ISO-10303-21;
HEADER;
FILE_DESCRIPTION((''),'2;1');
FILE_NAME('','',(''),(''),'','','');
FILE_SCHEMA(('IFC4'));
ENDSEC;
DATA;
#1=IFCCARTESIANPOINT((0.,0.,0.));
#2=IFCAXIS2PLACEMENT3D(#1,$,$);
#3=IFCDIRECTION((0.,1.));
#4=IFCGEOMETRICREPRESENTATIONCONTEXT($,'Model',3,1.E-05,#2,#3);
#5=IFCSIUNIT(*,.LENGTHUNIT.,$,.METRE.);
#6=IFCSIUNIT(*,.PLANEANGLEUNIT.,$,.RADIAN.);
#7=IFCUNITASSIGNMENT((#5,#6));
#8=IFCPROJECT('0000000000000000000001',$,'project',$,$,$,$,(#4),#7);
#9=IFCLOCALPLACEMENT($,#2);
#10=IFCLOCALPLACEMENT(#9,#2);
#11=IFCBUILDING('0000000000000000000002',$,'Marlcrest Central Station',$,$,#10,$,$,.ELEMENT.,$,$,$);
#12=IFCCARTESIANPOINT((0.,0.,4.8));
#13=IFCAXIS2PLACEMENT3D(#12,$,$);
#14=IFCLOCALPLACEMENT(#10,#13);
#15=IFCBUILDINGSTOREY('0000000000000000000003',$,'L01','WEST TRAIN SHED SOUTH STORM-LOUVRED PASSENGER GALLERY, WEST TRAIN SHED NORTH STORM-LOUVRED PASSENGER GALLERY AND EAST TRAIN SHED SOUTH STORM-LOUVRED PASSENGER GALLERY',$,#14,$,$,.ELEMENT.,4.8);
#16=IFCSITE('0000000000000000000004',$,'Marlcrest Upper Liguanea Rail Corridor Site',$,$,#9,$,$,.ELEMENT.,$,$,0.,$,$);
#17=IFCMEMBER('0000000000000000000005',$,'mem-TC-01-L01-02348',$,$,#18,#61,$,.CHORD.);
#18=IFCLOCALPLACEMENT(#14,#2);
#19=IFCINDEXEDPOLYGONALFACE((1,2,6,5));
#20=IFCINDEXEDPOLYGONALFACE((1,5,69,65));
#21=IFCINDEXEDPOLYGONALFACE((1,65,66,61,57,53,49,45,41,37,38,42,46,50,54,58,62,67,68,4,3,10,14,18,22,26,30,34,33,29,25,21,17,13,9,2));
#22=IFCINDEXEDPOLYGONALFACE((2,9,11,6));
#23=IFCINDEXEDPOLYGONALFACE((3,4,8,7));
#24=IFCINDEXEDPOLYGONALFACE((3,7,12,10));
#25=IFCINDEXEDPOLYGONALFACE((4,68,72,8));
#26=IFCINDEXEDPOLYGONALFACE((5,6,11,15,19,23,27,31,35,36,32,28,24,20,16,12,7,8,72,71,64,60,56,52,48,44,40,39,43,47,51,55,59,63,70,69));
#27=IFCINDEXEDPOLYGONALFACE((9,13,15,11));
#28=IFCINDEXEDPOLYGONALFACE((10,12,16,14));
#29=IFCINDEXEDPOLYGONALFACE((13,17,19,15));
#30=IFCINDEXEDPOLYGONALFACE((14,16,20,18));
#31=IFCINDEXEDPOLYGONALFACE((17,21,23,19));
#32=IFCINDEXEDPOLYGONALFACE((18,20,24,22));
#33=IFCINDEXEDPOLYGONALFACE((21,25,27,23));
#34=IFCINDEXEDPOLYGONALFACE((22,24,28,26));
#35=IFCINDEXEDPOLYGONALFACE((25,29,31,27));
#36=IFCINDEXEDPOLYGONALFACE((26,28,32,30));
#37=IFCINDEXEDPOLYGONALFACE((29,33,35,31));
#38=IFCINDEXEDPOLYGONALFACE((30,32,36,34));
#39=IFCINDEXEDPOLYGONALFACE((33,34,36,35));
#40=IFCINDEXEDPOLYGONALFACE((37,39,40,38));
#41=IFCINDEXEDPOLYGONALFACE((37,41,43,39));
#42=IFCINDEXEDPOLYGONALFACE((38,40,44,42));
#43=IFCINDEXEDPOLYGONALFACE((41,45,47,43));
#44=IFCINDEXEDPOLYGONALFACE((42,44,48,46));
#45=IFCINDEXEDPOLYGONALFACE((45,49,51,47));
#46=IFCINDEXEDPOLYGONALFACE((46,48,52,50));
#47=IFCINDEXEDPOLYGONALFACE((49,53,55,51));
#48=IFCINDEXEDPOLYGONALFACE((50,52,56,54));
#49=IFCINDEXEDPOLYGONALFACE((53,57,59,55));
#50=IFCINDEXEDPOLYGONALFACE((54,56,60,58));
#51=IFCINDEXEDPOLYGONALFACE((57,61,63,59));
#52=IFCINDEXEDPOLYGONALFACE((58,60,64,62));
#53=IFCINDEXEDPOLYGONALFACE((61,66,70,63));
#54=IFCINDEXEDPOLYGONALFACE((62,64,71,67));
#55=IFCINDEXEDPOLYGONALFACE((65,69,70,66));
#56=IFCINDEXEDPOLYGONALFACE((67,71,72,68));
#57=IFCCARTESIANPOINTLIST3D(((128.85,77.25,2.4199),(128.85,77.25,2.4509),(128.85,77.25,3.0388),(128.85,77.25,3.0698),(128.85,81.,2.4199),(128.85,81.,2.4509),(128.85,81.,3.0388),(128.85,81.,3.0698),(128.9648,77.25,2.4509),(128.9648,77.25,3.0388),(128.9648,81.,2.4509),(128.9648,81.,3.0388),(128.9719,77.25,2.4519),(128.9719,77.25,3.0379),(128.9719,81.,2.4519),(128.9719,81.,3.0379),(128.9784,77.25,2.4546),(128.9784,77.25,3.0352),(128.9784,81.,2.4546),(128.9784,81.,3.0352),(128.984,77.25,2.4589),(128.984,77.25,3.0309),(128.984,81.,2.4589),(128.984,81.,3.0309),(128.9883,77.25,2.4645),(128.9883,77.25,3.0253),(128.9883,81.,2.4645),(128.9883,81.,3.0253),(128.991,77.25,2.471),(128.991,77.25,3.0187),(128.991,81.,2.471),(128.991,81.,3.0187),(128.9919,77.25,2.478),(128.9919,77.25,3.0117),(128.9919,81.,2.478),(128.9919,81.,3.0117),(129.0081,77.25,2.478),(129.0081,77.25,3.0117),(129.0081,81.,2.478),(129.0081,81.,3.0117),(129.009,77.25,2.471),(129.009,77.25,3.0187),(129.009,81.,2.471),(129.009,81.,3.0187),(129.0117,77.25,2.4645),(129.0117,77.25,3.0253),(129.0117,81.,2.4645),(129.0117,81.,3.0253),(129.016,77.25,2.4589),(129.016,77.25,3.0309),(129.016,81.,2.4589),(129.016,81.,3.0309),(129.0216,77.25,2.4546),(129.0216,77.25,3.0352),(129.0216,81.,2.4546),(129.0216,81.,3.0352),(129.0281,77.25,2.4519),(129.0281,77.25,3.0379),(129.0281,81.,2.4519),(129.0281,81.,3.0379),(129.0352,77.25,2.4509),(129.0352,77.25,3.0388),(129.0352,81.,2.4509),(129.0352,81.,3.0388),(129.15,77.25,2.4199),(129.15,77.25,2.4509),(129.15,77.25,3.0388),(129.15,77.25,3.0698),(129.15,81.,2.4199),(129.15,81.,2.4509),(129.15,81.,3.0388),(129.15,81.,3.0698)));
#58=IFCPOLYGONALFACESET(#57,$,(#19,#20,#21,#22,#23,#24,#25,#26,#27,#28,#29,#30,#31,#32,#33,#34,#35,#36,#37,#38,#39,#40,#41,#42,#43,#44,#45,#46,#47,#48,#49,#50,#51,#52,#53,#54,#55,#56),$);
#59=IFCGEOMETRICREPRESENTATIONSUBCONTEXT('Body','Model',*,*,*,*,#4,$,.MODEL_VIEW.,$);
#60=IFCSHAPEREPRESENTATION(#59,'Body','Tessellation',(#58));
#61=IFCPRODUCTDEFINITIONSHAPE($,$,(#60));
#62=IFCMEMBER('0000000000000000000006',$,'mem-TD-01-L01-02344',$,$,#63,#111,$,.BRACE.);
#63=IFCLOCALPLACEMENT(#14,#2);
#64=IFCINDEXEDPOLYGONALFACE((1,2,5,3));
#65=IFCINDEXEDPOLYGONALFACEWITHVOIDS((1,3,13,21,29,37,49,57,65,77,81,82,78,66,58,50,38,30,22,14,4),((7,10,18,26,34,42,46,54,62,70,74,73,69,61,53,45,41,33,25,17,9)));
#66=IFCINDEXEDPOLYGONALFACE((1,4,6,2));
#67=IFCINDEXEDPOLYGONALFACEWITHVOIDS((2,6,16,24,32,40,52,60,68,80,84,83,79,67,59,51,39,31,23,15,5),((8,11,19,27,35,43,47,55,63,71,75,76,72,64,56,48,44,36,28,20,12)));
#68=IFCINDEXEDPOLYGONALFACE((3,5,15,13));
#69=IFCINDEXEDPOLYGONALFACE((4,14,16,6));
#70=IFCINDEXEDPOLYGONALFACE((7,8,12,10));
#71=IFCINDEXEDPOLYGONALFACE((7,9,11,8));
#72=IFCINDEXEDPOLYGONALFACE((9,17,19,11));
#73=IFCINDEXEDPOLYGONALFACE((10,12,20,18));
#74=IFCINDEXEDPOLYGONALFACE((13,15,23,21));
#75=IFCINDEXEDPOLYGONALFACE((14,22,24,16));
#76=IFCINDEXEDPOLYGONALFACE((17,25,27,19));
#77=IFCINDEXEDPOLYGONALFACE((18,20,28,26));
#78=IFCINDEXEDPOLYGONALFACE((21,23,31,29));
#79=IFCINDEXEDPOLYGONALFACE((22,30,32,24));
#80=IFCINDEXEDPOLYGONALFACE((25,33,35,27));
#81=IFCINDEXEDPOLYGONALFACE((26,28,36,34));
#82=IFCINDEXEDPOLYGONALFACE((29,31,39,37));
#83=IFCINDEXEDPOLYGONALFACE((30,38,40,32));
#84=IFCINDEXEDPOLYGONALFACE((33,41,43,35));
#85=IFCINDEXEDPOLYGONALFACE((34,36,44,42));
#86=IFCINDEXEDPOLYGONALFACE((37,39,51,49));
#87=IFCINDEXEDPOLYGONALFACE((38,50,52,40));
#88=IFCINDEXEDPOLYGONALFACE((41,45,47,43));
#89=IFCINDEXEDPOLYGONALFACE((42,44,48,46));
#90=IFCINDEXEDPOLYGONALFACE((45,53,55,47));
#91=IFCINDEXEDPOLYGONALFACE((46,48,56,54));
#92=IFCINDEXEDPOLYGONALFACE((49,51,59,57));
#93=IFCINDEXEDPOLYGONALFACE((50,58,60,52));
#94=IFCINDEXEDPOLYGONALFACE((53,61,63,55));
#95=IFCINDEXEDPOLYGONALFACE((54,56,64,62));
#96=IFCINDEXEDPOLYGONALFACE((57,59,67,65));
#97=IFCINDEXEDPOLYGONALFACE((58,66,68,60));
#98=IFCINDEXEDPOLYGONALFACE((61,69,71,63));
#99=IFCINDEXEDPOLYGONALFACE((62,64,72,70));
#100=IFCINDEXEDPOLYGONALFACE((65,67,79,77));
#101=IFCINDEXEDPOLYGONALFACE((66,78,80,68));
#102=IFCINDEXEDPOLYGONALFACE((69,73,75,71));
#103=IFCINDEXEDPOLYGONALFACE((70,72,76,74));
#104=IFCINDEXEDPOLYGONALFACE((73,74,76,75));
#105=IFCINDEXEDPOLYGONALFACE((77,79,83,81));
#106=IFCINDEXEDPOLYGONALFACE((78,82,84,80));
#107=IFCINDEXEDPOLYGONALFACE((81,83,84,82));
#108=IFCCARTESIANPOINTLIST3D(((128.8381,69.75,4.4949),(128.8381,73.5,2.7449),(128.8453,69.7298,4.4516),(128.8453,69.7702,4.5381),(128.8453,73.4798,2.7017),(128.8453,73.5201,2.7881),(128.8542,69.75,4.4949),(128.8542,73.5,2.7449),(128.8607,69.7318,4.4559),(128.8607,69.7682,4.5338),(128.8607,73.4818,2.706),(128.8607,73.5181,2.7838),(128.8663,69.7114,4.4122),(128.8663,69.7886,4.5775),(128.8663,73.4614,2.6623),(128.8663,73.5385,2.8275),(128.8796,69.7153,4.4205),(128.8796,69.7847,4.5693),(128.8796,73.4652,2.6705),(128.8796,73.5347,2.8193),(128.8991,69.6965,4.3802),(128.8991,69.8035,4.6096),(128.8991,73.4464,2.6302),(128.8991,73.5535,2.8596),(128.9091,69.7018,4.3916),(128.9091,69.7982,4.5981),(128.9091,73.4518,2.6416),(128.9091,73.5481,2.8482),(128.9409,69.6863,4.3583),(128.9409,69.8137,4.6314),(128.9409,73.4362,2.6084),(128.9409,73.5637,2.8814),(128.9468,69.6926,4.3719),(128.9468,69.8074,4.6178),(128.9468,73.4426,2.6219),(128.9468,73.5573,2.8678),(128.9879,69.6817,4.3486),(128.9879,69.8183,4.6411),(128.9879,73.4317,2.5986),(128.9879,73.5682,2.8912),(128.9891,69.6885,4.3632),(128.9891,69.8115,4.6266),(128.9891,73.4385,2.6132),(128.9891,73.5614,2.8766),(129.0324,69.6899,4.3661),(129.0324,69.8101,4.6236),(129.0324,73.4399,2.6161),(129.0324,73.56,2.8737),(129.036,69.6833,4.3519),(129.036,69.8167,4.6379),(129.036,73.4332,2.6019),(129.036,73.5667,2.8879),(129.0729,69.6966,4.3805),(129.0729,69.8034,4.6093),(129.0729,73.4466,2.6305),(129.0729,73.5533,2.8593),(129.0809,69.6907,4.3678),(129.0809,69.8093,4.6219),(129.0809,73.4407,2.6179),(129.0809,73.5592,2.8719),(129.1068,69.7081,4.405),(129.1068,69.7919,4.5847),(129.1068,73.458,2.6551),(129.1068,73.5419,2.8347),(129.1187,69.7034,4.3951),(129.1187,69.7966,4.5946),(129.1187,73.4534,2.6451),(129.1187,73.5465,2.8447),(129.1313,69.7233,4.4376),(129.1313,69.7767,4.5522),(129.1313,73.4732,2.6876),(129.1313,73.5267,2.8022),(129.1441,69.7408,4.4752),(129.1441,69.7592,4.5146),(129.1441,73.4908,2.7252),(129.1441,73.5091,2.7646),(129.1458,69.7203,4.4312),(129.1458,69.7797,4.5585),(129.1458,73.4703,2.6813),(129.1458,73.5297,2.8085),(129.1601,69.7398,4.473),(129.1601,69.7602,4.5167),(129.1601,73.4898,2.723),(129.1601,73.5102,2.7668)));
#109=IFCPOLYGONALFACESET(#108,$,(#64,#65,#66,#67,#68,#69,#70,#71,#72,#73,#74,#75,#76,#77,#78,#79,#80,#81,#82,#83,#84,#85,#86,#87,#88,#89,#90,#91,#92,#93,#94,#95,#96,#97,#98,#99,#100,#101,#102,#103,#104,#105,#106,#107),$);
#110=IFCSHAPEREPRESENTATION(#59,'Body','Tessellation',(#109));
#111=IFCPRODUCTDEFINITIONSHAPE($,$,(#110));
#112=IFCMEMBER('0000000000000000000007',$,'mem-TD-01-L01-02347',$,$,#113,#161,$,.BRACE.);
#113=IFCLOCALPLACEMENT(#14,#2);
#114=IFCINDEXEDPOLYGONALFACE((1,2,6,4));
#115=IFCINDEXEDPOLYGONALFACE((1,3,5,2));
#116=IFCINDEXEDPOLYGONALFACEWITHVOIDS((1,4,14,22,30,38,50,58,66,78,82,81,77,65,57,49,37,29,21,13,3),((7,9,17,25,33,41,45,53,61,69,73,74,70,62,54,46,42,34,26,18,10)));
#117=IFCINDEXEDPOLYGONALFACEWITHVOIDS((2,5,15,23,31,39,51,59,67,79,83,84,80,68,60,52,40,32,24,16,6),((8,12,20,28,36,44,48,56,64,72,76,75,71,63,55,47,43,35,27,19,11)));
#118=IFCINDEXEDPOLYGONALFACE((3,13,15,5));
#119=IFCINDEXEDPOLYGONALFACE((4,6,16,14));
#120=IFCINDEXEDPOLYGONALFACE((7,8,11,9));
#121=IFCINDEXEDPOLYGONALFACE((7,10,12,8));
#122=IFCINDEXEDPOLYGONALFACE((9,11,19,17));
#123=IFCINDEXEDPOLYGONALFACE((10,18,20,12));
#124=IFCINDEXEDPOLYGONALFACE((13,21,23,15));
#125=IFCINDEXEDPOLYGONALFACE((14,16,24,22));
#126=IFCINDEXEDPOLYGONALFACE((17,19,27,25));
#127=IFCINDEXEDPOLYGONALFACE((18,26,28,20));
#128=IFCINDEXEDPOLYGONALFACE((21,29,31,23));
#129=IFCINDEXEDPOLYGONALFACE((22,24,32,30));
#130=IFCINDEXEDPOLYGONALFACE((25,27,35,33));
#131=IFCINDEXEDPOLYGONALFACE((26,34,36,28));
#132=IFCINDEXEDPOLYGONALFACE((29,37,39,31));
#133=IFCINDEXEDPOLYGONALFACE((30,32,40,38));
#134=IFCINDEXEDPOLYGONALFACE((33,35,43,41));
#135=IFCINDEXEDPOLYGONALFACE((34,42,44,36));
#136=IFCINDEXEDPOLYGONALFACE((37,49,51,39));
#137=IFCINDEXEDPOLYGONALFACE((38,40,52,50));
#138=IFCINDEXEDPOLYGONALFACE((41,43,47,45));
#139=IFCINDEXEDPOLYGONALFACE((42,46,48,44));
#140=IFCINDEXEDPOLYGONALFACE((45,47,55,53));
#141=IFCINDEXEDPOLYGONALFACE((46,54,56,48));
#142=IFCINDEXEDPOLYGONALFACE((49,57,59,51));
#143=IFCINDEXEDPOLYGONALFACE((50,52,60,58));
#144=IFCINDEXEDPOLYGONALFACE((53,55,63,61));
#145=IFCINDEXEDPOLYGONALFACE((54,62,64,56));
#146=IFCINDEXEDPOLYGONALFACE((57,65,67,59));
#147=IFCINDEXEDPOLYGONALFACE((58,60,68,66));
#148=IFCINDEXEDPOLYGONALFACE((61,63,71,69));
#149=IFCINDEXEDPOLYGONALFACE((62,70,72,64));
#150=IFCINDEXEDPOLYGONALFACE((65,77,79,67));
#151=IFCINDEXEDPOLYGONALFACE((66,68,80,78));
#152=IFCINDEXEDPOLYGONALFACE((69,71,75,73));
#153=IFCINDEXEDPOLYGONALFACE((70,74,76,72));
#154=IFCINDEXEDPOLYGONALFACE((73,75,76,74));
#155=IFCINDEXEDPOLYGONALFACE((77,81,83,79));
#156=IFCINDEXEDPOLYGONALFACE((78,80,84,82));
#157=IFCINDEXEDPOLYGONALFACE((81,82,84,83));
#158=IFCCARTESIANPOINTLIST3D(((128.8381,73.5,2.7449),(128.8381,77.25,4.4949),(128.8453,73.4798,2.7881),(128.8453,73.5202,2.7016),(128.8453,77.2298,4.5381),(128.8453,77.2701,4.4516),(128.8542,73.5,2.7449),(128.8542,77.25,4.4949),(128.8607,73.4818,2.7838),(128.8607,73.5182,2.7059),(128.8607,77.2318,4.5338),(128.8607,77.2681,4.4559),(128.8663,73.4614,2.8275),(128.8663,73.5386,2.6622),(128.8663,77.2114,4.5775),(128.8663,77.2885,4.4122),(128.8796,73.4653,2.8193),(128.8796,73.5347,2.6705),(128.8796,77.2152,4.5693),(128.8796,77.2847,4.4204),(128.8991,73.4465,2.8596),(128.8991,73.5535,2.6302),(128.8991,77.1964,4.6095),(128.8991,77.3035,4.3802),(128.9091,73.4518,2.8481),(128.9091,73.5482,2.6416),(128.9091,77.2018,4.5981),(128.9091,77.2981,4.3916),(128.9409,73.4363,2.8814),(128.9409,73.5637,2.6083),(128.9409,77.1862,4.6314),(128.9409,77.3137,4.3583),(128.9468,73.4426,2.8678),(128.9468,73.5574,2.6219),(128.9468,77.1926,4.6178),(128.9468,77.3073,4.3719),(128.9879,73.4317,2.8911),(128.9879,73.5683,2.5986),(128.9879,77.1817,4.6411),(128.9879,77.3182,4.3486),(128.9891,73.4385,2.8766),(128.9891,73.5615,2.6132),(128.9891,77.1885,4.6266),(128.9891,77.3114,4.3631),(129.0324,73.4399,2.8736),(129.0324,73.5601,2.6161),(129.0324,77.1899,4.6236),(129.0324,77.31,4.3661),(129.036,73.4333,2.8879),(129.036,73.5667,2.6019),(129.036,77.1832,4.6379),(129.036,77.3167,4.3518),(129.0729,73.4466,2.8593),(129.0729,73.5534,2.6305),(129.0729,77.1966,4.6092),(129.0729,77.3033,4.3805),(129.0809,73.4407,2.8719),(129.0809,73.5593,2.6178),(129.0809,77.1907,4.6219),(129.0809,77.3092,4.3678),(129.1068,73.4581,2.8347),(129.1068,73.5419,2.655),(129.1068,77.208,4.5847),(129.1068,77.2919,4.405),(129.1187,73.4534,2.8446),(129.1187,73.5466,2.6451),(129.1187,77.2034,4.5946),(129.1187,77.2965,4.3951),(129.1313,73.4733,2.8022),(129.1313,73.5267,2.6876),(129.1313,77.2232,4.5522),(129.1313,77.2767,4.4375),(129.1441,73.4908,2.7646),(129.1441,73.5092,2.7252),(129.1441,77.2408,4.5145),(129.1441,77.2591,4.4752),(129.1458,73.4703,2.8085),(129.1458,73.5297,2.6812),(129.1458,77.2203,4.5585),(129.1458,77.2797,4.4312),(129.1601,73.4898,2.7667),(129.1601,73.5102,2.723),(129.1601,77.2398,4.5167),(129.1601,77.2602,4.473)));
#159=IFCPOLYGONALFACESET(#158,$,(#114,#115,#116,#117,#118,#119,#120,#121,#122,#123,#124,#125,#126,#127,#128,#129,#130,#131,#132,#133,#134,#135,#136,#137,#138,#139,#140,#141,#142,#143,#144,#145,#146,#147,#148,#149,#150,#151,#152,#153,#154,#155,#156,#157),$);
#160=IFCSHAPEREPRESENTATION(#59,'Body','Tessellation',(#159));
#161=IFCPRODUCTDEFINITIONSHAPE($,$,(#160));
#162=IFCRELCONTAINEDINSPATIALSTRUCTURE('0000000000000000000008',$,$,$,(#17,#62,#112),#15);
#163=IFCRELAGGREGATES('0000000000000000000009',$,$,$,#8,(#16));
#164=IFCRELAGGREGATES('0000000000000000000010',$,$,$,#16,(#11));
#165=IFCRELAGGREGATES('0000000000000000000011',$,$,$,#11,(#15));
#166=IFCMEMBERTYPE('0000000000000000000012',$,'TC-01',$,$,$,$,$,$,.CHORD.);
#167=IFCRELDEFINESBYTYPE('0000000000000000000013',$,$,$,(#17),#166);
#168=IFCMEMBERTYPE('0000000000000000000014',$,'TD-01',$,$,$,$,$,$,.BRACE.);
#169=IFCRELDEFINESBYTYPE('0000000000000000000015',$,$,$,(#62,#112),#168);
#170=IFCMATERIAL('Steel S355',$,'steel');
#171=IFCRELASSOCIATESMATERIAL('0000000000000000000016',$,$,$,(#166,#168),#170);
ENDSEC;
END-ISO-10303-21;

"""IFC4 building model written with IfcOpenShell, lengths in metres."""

from ifc_helpers import new_model, si_unit, direction, frame, origin, origin_2d, place, context, subcontext, project, spatial, hollow_circle, i_section, extrude, material, material_profile, profile_set, type_object, element, save


model = new_model("IFC4")

# Units and contexts
model_context = context("Model", 3, precision=1e-05, world=origin(), true_north=direction((0.0, 1.0)))
body_context = subcontext(model_context, "Body", "Model", "MODEL_VIEW")
ifc_project = project(units=[si_unit("LENGTHUNIT", "METRE"), si_unit("PLANEANGLEUNIT", "RADIAN")], contexts=[model_context])

# Site, building, storey
site_placement = place(None, origin())
site = spatial("IfcSite", under=ifc_project, at=site_placement, Name="Marlcrest Upper Liguanea Rail Corridor Site", CompositionType="ELEMENT", RefElevation=0.0)
building_placement = place(site_placement, origin())
building = spatial("IfcBuilding", under=site, at=building_placement, Name="Marlcrest Central Station", CompositionType="ELEMENT")
storey_placement = place(building_placement, frame((0.0, 0.0, 4.8)))
storey = spatial("IfcBuildingStorey", under=building, at=storey_placement, Name="L01", Description="WEST TRAIN SHED SOUTH STORM-LOUVRED PASSENGER GALLERY, WEST TRAIN SHED NORTH STORM-LOUVRED PASSENGER GALLERY AND EAST TRAIN SHED SOUTH STORM-LOUVRED PASSENGER GALLERY", CompositionType="ELEMENT", Elevation=4.8)

# Shared definitions
ifc_material = material(Name="Steel S355", Category="steel")

# Members
ifc_material_profile_1 = material_profile(ifc_material, i_section(OverallWidth=0.3, OverallDepth=0.6499, WebThickness=0.0161, FlangeThickness=0.031, FilletRadius=0.0271, at=origin_2d()), Name="HEB 650")
ifc_profile_set_1 = profile_set([ifc_material_profile_1], Name="Steel S355")
member_type_1 = type_object("IfcMemberType", Name="TC-01", PredefinedType="CHORD", material=ifc_profile_set_1)
for number, where, z_axis, x_axis, name in (
    (1, (129.0, 77.25, 2.7449), (0.0, 1.0, 0.0), (-1.0, 0.0, 0.0), "mem-TC-01-L01-02348"),
):
    element("IfcMember", number, at=place(storey_placement, frame(where, z_axis=z_axis, x_axis=x_axis)), inside=storey, type_object=member_type_1, Name=name, PredefinedType="CHORD", context=body_context, shape_type="SweptSolid", body=[
        extrude(i_section(OverallWidth=0.3, OverallDepth=0.6499, WebThickness=0.0161, FlangeThickness=0.031, FilletRadius=0.0271, at=origin_2d()), origin(), (0.0, 0.0, 1.0), 3.75),
    ])
ifc_material_profile_2 = material_profile(ifc_material, hollow_circle(Radius=0.1619, WallThickness=0.0161, at=origin_2d()), Name="CHS 323.9x16")
ifc_profile_set_2 = profile_set([ifc_material_profile_2], Name="Steel S355")
member_type_2 = type_object("IfcMemberType", Name="TD-01", PredefinedType="BRACE", material=ifc_profile_set_2)
for number, where, z_axis, x_axis, name in (
    (2, (129.0, 69.75, 4.4949), (0.0, 0.906183, -0.422885), (-1.0, 0.0, 0.0), "mem-TD-01-L01-02344"),
    (3, (129.0, 73.5, 2.7449), (0.0, 0.906183, 0.422885), (-1.0, 0.0, 0.0), "mem-TD-01-L01-02347"),
):
    element("IfcMember", number, at=place(storey_placement, frame(where, z_axis=z_axis, x_axis=x_axis)), inside=storey, type_object=member_type_2, Name=name, PredefinedType="BRACE", context=body_context, shape_type="SweptSolid", body=[
        extrude(hollow_circle(Radius=0.1619, WallThickness=0.0161, at=origin_2d()), origin(), (0.0, 0.0, 1.0), 4.1382),
    ])

save(model, "model.ifc")
